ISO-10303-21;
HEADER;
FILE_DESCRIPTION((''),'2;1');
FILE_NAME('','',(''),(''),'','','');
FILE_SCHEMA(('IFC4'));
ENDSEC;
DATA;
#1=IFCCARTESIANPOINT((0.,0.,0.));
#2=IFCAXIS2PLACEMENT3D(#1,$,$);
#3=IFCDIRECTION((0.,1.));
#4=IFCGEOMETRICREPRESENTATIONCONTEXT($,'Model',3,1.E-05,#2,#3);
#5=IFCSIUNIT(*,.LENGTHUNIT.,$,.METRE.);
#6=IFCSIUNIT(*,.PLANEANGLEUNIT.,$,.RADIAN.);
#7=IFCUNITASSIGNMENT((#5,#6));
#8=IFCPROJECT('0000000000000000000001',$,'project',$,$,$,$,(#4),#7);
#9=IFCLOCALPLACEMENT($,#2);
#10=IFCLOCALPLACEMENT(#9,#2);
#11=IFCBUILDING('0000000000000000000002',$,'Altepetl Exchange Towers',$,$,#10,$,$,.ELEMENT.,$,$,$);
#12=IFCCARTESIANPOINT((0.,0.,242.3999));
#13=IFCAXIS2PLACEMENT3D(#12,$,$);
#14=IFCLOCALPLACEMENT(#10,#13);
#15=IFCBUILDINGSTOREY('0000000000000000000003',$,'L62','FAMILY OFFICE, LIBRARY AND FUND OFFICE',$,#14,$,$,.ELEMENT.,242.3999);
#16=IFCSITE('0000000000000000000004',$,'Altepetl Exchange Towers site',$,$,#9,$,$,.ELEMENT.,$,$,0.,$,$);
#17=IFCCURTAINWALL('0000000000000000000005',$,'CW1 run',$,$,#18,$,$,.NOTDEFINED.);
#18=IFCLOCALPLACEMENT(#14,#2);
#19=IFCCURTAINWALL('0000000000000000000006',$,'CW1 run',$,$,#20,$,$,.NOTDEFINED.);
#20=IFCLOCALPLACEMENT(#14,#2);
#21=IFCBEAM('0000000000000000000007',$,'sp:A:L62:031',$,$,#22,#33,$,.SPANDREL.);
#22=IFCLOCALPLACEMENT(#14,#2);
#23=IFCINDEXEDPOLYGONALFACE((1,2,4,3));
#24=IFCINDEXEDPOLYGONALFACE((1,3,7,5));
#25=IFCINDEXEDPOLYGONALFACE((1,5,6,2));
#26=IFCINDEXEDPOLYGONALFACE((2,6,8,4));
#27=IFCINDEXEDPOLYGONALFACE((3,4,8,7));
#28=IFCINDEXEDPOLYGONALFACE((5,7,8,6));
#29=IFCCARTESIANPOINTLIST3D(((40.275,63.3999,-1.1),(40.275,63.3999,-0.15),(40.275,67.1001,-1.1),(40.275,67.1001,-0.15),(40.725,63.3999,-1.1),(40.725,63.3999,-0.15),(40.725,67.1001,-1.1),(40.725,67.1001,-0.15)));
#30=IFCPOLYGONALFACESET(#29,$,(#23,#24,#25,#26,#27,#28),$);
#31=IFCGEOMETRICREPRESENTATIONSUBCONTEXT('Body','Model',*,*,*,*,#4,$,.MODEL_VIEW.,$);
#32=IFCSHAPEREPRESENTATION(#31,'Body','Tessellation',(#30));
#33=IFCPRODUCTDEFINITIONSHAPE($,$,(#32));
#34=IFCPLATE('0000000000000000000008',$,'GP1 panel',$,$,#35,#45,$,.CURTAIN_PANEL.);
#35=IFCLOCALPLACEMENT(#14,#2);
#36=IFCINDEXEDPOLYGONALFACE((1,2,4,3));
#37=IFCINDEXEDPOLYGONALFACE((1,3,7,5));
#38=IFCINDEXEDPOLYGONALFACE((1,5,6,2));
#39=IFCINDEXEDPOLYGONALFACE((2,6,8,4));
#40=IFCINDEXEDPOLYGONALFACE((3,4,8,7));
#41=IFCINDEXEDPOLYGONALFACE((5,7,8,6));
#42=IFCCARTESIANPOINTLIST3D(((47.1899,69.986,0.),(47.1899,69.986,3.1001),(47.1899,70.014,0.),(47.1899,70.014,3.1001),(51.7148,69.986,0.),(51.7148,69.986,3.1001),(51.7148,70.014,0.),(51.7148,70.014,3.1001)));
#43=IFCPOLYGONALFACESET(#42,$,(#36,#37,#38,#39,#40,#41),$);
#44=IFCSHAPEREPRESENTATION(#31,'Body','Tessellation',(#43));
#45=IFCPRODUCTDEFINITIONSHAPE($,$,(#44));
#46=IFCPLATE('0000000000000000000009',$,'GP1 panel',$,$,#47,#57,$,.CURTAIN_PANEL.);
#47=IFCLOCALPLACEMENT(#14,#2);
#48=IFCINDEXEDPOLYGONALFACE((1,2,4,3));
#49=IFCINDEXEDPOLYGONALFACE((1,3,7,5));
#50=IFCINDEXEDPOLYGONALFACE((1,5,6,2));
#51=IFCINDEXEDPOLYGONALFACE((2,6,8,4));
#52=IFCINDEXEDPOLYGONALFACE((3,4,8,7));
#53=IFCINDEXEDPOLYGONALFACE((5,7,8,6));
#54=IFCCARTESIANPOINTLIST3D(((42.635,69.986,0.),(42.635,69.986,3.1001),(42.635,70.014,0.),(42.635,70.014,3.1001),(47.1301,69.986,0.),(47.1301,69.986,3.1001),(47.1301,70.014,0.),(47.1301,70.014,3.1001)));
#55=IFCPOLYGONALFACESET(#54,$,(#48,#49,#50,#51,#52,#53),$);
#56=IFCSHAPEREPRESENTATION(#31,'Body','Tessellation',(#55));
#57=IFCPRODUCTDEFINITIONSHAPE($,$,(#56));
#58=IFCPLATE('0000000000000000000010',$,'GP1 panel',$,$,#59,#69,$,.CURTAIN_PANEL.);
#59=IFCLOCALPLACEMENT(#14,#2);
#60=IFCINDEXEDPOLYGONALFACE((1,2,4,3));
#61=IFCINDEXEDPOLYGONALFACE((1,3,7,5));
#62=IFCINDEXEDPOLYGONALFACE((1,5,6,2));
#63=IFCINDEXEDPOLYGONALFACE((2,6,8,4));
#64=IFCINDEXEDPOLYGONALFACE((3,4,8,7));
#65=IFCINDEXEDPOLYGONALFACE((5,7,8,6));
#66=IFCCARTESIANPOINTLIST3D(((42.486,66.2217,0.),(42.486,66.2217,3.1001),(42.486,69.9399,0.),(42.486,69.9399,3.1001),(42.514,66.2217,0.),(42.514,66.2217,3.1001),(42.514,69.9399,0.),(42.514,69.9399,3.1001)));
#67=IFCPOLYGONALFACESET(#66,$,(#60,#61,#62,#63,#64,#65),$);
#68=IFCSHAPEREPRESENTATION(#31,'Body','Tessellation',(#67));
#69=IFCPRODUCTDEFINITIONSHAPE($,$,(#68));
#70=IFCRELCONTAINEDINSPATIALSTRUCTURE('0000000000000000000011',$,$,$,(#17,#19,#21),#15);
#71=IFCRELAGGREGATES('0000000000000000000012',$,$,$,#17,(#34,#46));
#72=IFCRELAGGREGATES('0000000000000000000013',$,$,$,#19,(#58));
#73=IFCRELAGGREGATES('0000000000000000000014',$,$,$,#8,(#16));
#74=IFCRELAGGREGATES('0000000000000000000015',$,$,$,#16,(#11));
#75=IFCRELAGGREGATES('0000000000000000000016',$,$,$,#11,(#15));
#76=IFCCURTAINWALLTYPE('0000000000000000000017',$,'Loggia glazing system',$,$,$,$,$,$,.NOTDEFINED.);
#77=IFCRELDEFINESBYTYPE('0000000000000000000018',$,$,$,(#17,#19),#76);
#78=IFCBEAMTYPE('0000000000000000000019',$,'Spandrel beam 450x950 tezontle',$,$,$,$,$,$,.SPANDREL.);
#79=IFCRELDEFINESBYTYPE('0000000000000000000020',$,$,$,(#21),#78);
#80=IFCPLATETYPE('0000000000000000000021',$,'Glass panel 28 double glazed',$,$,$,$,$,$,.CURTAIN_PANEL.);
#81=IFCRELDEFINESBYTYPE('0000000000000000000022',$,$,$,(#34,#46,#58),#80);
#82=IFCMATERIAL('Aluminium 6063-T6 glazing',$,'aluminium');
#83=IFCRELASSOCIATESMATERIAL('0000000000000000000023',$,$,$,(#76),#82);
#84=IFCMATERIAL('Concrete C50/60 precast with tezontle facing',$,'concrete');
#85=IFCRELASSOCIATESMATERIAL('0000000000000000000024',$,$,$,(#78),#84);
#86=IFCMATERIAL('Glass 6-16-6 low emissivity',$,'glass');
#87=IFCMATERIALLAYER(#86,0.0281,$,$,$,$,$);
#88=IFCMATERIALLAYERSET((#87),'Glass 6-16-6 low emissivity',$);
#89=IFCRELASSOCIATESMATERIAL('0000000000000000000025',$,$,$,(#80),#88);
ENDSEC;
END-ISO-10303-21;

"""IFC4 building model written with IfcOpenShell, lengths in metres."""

from ifc_helpers import new_model, si_unit, direction, frame, origin, origin_2d, place, context, subcontext, project, spatial, rectangle, extrude, material, layer, layer_set, material_profile, profile_set, type_object, element, aggregate, save


model = new_model("IFC4")

# Units and contexts
model_context = context("Model", 3, precision=1e-05, world=origin(), true_north=direction((0.0, 1.0)))
body_context = subcontext(model_context, "Body", "Model", "MODEL_VIEW")
ifc_project = project(units=[si_unit("LENGTHUNIT", "METRE"), si_unit("PLANEANGLEUNIT", "RADIAN")], contexts=[model_context])

# Site, building, storey
site_placement = place(None, origin())
site = spatial("IfcSite", under=ifc_project, at=site_placement, Name="Altepetl Exchange Towers site", CompositionType="ELEMENT", RefElevation=0.0)
building_placement = place(site_placement, origin())
building = spatial("IfcBuilding", under=site, at=building_placement, Name="Altepetl Exchange Towers", CompositionType="ELEMENT")
storey_placement = place(building_placement, frame((0.0, 0.0, 242.3999)))
storey = spatial("IfcBuildingStorey", under=building, at=storey_placement, Name="L62", Description="FAMILY OFFICE, LIBRARY AND FUND OFFICE", CompositionType="ELEMENT", Elevation=242.3999)

# Curtain walls
ifc_material_1 = material(Name="Aluminium 6063-T6 glazing", Category="aluminium")
curtain_wall_type = type_object("IfcCurtainWallType", Name="Loggia glazing system", PredefinedType="NOTDEFINED", material=ifc_material_1)
curtain_wall_1_placement = place(storey_placement, origin())
curtain_wall_1 = element("IfcCurtainWall", 1, at=curtain_wall_1_placement, inside=storey, type_object=curtain_wall_type, Name="CW1 run", PredefinedType="NOTDEFINED")
curtain_wall_2_placement = place(storey_placement, origin())
curtain_wall_2 = element("IfcCurtainWall", 2, at=curtain_wall_2_placement, inside=storey, type_object=curtain_wall_type, Name="CW1 run", PredefinedType="NOTDEFINED")

# Beam
ifc_material_2 = material(Name="Concrete C50/60 precast with tezontle facing", Category="concrete")
ifc_material_profile_1 = material_profile(ifc_material_2, rectangle(XDim=0.45, YDim=0.95, at=origin_2d()), Name="450 x 950")
ifc_profile_set_1 = profile_set([ifc_material_profile_1], Name="Concrete C50/60 precast with tezontle facing")
beam_type_1 = type_object("IfcBeamType", Name="Spandrel beam 450x950 tezontle", PredefinedType="SPANDREL", material=ifc_profile_set_1)
for number, where, z_axis, x_axis, name in (
    (3, (40.5, 67.1001, -0.625), (0.0, -1.0, 0.0), (1.0, 0.0, 0.0), "sp:A:L62:031"),
):
    element("IfcBeam", number, at=place(storey_placement, frame(where, z_axis=z_axis, x_axis=x_axis)), inside=storey, type_object=beam_type_1, Name=name, PredefinedType="SPANDREL", context=body_context, shape_type="SweptSolid", body=[
        extrude(rectangle(XDim=0.45, YDim=0.95, at=origin_2d()), origin(), (0.0, 0.0, 1.0), 3.7002),
    ])

# Plates
ifc_material_3 = material(Name="Glass 6-16-6 low emissivity", Category="glass")
ifc_layer = layer(ifc_material_3, 0.0281)
ifc_layer_set = layer_set([ifc_layer], Name="Glass 6-16-6 low emissivity")
plate_type = type_object("IfcPlateType", Name="Glass panel 28 double glazed", PredefinedType="CURTAIN_PANEL", material=ifc_layer_set)
plate_1_placement = place(storey_placement, frame((49.4524, 70.0, 0.0), z_axis=(0.0, 0.0, 1.0), x_axis=(-1.0, 0.0, 0.0)))
plate_1 = element("IfcPlate", 4, at=plate_1_placement, type_object=plate_type, Name="GP1 panel", PredefinedType="CURTAIN_PANEL", context=body_context, shape_type="SweptSolid", body=[
    extrude(rectangle(XDim=4.5249, YDim=0.0281, at=origin_2d()), origin(), (0.0, 0.0, 1.0), 3.1001),
])
plate_2_placement = place(storey_placement, frame((44.8826, 70.0, 0.0), z_axis=(0.0, 0.0, 1.0), x_axis=(-1.0, 0.0, 0.0)))
plate_2 = element("IfcPlate", 5, at=plate_2_placement, type_object=plate_type, Name="GP1 panel", PredefinedType="CURTAIN_PANEL", context=body_context, shape_type="SweptSolid", body=[
    extrude(rectangle(XDim=4.4951, YDim=0.0281, at=origin_2d()), origin(), (0.0, 0.0, 1.0), 3.1001),
])
aggregate(curtain_wall_1, [plate_1, plate_2])
plate_3_placement = place(storey_placement, frame((42.5, 68.0808, 0.0), z_axis=(0.0, 0.0, 1.0), x_axis=(0.0, -1.0, 0.0)))
plate_3 = element("IfcPlate", 6, at=plate_3_placement, type_object=plate_type, Name="GP1 panel", PredefinedType="CURTAIN_PANEL", context=body_context, shape_type="SweptSolid", body=[
    extrude(rectangle(XDim=3.7183, YDim=0.0281, at=origin_2d()), origin(), (0.0, 0.0, 1.0), 3.1001),
])
aggregate(curtain_wall_2, [plate_3])

save(model, "model.ifc")
